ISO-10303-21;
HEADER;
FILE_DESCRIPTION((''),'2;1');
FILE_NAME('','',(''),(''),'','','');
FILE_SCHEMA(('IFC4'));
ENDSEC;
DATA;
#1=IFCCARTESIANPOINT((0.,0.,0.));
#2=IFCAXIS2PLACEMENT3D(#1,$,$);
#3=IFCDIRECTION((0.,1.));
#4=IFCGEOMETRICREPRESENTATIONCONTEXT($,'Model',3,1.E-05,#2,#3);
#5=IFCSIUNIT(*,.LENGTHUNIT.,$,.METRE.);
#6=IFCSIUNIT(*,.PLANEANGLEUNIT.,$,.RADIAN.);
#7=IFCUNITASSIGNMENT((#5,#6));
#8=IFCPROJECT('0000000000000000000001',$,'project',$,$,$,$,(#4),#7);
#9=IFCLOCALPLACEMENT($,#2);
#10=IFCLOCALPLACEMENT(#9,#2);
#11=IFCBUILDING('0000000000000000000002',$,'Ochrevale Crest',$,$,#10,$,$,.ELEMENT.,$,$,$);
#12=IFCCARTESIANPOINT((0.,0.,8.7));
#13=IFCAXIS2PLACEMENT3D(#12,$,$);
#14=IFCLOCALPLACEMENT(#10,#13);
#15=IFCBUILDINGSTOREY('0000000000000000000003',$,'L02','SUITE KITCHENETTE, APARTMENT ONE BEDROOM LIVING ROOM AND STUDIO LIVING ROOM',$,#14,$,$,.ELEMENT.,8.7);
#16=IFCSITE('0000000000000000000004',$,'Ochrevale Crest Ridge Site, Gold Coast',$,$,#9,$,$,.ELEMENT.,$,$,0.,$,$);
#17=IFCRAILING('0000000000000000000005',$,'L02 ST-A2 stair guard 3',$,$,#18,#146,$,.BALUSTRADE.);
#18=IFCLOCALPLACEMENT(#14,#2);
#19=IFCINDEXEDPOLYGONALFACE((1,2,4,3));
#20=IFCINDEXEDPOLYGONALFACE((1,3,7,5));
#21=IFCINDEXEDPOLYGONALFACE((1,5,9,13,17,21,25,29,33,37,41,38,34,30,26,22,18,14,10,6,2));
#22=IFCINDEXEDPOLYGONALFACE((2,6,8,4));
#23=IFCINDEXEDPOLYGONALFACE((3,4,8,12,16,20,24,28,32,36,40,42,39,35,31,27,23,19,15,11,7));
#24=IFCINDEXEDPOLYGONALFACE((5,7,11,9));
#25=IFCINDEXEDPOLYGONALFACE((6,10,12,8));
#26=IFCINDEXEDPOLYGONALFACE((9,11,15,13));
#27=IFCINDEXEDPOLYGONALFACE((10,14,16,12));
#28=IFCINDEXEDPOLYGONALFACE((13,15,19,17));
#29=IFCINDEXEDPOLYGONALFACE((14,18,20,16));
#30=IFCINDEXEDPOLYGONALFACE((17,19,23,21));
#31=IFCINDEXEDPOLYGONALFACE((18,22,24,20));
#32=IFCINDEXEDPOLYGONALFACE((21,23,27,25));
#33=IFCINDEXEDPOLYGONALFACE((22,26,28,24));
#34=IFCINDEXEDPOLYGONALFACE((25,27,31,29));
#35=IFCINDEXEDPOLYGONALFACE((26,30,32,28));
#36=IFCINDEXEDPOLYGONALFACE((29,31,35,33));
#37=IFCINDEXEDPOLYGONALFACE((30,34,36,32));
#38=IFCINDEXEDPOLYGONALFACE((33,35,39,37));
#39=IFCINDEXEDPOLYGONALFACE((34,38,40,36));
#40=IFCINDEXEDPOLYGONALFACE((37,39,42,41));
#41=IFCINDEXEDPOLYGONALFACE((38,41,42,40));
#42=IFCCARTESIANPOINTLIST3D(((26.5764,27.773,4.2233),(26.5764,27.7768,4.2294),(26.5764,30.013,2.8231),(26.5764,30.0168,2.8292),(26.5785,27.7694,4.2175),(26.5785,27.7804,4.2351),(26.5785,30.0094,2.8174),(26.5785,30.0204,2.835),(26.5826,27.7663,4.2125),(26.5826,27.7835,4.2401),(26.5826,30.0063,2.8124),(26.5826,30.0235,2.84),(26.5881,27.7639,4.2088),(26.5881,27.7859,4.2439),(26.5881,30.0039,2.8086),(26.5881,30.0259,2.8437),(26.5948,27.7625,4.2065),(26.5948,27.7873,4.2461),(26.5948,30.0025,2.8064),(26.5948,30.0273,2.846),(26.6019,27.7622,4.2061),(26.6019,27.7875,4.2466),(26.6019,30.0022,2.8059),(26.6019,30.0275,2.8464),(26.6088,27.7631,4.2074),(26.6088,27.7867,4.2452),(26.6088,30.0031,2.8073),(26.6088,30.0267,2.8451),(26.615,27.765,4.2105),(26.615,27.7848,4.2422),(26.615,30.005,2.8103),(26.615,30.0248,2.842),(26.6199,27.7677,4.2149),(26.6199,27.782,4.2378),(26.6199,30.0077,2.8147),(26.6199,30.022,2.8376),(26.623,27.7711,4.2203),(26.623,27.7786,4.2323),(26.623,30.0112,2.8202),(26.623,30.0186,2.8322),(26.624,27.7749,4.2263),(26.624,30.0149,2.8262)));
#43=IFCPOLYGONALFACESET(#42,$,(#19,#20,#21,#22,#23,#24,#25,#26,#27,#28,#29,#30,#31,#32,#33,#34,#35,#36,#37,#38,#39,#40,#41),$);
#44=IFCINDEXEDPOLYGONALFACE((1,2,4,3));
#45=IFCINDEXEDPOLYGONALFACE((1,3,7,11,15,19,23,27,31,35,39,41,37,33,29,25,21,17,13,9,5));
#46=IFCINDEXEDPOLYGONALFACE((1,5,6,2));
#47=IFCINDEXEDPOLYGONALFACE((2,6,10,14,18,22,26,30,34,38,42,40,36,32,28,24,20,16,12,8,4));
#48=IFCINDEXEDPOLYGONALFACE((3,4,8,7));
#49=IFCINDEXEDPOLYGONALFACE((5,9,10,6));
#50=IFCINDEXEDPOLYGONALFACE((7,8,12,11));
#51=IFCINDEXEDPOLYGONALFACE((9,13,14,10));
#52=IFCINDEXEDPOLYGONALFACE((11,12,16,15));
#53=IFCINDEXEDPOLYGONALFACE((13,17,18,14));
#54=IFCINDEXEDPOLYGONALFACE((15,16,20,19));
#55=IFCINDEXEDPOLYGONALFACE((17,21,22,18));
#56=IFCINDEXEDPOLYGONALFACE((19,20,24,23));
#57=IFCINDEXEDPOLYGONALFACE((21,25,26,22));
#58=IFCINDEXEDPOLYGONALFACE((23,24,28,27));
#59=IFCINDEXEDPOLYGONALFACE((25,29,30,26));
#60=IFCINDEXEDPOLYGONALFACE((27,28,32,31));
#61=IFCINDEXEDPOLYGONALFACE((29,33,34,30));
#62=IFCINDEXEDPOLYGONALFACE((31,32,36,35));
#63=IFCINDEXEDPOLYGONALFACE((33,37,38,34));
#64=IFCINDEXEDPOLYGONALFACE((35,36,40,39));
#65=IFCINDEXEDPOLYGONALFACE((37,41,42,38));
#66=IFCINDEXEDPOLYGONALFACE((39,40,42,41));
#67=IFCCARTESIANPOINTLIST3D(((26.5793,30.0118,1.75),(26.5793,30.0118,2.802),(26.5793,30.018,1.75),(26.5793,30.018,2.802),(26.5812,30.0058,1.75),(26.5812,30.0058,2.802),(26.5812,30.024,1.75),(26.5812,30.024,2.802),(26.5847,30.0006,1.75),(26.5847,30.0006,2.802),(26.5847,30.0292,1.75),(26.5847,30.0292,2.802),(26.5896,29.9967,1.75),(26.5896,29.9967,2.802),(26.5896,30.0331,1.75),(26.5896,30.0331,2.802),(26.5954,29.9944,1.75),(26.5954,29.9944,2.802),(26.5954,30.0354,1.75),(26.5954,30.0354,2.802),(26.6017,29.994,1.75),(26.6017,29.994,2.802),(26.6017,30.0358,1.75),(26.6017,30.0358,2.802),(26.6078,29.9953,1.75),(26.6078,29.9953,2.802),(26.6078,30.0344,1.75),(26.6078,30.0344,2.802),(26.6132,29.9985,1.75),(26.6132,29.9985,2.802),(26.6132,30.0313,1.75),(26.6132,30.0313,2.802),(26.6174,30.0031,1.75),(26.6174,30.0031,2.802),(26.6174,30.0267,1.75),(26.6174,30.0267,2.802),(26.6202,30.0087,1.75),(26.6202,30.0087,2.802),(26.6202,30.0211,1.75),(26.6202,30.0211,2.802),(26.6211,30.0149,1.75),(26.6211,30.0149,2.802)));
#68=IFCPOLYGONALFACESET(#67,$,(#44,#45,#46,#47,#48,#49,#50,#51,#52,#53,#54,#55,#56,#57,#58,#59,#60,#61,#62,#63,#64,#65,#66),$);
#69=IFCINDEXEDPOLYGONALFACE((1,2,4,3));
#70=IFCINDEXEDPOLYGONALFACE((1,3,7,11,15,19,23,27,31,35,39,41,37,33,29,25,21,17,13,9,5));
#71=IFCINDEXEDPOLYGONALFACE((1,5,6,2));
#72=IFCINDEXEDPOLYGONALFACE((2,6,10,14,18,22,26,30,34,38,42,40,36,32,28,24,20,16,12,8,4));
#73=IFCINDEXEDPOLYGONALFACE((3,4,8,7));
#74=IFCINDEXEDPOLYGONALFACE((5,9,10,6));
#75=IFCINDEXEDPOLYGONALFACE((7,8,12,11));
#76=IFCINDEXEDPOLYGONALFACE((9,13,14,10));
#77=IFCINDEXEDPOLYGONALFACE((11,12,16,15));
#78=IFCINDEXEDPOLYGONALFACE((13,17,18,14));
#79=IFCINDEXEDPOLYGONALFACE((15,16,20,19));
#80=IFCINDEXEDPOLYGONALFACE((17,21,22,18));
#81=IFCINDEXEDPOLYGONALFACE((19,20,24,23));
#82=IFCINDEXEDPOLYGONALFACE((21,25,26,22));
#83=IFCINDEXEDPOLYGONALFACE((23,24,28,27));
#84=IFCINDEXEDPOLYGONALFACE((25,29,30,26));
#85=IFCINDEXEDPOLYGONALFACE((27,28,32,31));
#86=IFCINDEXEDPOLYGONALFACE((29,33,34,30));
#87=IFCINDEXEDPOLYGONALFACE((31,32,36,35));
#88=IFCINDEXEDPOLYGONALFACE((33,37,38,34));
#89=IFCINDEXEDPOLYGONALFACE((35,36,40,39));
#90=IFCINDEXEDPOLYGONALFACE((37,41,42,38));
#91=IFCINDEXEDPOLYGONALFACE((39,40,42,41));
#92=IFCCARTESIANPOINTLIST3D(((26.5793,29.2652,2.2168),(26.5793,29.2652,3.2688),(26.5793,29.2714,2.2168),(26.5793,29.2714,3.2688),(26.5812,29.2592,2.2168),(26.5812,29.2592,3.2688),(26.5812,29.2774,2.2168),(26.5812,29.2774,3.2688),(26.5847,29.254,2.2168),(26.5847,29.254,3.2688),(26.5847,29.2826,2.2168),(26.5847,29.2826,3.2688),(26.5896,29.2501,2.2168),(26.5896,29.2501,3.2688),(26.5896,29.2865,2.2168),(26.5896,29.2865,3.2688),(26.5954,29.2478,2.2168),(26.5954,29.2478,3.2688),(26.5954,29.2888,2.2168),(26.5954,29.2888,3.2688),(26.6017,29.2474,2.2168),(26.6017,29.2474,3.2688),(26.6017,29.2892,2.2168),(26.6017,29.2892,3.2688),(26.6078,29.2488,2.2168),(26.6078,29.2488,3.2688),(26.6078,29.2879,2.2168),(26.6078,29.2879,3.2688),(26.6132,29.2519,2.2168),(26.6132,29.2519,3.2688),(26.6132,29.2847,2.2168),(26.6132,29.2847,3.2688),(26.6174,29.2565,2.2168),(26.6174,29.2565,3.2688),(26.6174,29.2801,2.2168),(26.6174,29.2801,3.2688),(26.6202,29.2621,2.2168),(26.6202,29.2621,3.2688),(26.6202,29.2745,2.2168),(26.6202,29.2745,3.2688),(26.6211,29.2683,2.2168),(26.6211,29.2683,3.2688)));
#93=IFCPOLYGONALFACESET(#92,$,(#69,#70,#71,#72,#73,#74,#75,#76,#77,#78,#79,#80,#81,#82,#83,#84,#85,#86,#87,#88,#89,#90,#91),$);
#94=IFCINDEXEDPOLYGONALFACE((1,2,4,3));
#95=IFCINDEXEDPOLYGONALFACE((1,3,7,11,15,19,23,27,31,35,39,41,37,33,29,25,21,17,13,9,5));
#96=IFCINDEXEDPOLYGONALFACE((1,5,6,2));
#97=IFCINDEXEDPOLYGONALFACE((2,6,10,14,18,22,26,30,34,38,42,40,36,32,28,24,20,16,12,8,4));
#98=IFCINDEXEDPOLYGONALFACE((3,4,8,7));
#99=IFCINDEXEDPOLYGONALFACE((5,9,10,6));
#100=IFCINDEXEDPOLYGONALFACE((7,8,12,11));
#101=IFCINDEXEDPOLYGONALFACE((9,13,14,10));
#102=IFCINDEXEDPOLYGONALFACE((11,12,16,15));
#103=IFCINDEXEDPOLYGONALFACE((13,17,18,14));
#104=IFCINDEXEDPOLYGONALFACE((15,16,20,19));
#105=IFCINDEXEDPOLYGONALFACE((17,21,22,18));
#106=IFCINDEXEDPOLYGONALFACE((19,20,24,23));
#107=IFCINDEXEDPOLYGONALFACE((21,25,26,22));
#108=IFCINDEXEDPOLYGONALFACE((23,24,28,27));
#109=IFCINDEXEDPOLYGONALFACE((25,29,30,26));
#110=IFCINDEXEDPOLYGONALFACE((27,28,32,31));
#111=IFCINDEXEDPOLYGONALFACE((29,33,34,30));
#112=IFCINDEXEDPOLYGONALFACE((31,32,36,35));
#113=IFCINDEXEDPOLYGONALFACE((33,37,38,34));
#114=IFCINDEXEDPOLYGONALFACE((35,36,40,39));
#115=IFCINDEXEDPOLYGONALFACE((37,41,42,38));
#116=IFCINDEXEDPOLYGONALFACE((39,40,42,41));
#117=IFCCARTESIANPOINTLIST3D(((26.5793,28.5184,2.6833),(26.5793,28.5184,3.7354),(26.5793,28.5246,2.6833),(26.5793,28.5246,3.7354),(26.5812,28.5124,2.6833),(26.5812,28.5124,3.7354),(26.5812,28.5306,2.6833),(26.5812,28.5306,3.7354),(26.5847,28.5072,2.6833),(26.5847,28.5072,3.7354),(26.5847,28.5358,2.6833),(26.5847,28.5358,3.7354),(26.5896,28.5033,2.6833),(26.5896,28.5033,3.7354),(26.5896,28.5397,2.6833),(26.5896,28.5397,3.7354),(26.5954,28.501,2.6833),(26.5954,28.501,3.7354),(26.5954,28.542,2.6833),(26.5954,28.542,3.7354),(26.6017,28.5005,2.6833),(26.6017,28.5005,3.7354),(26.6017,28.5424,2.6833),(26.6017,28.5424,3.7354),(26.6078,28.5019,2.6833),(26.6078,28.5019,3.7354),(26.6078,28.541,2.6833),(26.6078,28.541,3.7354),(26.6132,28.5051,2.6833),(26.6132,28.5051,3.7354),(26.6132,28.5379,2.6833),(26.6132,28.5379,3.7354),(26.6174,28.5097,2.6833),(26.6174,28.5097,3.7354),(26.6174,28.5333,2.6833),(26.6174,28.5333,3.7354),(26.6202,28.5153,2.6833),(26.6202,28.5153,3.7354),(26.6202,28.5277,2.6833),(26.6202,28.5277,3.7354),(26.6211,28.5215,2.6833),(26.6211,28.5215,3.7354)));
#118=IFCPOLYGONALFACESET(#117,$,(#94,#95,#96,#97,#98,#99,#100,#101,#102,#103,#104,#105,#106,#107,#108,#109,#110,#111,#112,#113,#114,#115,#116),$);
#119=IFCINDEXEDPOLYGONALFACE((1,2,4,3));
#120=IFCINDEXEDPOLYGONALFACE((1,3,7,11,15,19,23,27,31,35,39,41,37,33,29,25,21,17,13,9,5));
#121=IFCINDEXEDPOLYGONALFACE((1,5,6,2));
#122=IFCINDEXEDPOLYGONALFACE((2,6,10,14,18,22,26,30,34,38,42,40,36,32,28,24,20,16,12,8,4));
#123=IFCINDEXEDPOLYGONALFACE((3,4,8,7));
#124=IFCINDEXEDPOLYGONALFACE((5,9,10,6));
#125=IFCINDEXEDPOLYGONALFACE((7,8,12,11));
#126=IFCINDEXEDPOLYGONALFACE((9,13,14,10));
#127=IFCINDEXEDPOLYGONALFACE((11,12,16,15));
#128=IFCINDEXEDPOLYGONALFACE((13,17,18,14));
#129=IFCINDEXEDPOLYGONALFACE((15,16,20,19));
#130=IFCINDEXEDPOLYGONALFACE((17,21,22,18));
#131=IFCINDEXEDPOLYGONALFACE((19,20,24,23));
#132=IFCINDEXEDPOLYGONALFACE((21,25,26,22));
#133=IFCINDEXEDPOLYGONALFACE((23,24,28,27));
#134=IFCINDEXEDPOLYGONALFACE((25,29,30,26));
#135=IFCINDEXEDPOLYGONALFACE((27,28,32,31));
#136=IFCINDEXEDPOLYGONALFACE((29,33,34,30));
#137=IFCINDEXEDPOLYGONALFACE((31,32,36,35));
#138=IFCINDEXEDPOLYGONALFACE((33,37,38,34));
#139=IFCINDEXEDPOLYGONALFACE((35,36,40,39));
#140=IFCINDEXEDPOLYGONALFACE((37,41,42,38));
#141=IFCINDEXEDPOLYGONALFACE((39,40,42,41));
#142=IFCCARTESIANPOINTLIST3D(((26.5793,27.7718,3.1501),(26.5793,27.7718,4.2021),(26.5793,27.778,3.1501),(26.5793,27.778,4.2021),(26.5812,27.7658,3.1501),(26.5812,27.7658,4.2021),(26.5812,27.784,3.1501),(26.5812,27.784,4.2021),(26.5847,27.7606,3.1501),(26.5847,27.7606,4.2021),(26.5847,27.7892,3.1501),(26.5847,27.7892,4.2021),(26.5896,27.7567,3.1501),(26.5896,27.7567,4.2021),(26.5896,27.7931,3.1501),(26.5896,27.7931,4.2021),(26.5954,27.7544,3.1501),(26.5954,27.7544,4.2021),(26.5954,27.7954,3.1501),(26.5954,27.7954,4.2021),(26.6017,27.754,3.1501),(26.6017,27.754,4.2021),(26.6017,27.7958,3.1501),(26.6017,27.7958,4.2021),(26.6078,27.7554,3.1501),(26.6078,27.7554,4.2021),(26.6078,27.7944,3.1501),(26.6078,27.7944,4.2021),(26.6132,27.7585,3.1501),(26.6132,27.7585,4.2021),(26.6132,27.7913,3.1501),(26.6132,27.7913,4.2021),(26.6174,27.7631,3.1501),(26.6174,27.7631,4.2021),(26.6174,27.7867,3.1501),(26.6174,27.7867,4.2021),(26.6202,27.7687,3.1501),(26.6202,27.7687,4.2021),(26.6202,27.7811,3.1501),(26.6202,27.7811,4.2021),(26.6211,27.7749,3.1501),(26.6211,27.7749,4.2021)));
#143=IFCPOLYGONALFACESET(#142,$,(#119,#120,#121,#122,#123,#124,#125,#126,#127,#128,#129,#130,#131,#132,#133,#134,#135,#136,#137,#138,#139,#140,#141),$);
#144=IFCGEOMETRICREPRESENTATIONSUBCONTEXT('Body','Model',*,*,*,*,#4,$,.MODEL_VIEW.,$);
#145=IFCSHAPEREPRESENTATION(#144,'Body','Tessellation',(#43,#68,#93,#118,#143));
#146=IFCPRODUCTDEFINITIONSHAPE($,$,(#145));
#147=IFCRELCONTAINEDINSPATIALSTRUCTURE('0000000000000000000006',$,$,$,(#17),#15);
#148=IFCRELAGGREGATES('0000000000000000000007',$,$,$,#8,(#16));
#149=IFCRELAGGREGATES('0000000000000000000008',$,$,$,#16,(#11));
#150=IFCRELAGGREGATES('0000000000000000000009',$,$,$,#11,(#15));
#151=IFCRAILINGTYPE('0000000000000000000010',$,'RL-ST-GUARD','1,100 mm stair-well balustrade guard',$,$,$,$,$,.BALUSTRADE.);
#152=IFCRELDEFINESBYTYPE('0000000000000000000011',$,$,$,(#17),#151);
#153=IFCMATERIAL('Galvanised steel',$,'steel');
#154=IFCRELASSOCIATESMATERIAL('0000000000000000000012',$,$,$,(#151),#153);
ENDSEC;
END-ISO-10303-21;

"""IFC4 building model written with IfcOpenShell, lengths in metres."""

from ifc_helpers import new_model, si_unit, direction, frame, origin, origin_2d, place, context, subcontext, project, spatial, circle, extrude, material, type_object, element, save


model = new_model("IFC4")

# Units and contexts
model_context = context("Model", 3, precision=1e-05, world=origin(), true_north=direction((0.0, 1.0)))
body_context = subcontext(model_context, "Body", "Model", "MODEL_VIEW")
ifc_project = project(units=[si_unit("LENGTHUNIT", "METRE"), si_unit("PLANEANGLEUNIT", "RADIAN")], contexts=[model_context])

# Site, building, storey
site_placement = place(None, origin())
site = spatial("IfcSite", under=ifc_project, at=site_placement, Name="Ochrevale Crest Ridge Site, Gold Coast", CompositionType="ELEMENT", RefElevation=0.0)
building_placement = place(site_placement, origin())
building = spatial("IfcBuilding", under=site, at=building_placement, Name="Ochrevale Crest", CompositionType="ELEMENT")
storey_placement = place(building_placement, frame((0.0, 0.0, 8.7)))
storey = spatial("IfcBuildingStorey", under=building, at=storey_placement, Name="L02", Description="SUITE KITCHENETTE, APARTMENT ONE BEDROOM LIVING ROOM AND STUDIO LIVING ROOM", CompositionType="ELEMENT", Elevation=8.7)

# Railing
ifc_material_1 = material(Name="Galvanised steel", Category="steel")
railing_type_1 = type_object("IfcRailingType", Name="RL-ST-GUARD", Description="1,100 mm stair-well balustrade guard", PredefinedType="BALUSTRADE", material=ifc_material_1)
railing_1_placement = place(storey_placement, frame((26.6001, 30.0149, 1.75)))
element("IfcRailing", 1, at=railing_1_placement, inside=storey, type_object=railing_type_1, Name="L02 ST-A2 stair guard 3", PredefinedType="BALUSTRADE", context=body_context, shape_type="SweptSolid", body=[
    extrude(circle(Radius=0.0239, at=origin_2d()), frame((0.0, 0.0, 1.0762), z_axis=(0.0, -0.847972, 0.53004), x_axis=(1.0, 0.0, 0.0)), (0.0, 0.0, 1.0), 2.6416),
    extrude(circle(Radius=0.021, at=origin_2d()), origin(), (0.0, 0.0, 1.0), 1.052),
    extrude(circle(Radius=0.021, at=origin_2d()), frame((0.0, -0.7466, 0.4668)), (0.0, 0.0, 1.0), 1.052),
    extrude(circle(Radius=0.021, at=origin_2d()), frame((0.0, -1.4934, 0.9333)), (0.0, 0.0, 1.0), 1.052),
    extrude(circle(Radius=0.021, at=origin_2d()), frame((0.0, -2.24, 1.4001)), (0.0, 0.0, 1.0), 1.052),
])

save(model, "model.ifc")
